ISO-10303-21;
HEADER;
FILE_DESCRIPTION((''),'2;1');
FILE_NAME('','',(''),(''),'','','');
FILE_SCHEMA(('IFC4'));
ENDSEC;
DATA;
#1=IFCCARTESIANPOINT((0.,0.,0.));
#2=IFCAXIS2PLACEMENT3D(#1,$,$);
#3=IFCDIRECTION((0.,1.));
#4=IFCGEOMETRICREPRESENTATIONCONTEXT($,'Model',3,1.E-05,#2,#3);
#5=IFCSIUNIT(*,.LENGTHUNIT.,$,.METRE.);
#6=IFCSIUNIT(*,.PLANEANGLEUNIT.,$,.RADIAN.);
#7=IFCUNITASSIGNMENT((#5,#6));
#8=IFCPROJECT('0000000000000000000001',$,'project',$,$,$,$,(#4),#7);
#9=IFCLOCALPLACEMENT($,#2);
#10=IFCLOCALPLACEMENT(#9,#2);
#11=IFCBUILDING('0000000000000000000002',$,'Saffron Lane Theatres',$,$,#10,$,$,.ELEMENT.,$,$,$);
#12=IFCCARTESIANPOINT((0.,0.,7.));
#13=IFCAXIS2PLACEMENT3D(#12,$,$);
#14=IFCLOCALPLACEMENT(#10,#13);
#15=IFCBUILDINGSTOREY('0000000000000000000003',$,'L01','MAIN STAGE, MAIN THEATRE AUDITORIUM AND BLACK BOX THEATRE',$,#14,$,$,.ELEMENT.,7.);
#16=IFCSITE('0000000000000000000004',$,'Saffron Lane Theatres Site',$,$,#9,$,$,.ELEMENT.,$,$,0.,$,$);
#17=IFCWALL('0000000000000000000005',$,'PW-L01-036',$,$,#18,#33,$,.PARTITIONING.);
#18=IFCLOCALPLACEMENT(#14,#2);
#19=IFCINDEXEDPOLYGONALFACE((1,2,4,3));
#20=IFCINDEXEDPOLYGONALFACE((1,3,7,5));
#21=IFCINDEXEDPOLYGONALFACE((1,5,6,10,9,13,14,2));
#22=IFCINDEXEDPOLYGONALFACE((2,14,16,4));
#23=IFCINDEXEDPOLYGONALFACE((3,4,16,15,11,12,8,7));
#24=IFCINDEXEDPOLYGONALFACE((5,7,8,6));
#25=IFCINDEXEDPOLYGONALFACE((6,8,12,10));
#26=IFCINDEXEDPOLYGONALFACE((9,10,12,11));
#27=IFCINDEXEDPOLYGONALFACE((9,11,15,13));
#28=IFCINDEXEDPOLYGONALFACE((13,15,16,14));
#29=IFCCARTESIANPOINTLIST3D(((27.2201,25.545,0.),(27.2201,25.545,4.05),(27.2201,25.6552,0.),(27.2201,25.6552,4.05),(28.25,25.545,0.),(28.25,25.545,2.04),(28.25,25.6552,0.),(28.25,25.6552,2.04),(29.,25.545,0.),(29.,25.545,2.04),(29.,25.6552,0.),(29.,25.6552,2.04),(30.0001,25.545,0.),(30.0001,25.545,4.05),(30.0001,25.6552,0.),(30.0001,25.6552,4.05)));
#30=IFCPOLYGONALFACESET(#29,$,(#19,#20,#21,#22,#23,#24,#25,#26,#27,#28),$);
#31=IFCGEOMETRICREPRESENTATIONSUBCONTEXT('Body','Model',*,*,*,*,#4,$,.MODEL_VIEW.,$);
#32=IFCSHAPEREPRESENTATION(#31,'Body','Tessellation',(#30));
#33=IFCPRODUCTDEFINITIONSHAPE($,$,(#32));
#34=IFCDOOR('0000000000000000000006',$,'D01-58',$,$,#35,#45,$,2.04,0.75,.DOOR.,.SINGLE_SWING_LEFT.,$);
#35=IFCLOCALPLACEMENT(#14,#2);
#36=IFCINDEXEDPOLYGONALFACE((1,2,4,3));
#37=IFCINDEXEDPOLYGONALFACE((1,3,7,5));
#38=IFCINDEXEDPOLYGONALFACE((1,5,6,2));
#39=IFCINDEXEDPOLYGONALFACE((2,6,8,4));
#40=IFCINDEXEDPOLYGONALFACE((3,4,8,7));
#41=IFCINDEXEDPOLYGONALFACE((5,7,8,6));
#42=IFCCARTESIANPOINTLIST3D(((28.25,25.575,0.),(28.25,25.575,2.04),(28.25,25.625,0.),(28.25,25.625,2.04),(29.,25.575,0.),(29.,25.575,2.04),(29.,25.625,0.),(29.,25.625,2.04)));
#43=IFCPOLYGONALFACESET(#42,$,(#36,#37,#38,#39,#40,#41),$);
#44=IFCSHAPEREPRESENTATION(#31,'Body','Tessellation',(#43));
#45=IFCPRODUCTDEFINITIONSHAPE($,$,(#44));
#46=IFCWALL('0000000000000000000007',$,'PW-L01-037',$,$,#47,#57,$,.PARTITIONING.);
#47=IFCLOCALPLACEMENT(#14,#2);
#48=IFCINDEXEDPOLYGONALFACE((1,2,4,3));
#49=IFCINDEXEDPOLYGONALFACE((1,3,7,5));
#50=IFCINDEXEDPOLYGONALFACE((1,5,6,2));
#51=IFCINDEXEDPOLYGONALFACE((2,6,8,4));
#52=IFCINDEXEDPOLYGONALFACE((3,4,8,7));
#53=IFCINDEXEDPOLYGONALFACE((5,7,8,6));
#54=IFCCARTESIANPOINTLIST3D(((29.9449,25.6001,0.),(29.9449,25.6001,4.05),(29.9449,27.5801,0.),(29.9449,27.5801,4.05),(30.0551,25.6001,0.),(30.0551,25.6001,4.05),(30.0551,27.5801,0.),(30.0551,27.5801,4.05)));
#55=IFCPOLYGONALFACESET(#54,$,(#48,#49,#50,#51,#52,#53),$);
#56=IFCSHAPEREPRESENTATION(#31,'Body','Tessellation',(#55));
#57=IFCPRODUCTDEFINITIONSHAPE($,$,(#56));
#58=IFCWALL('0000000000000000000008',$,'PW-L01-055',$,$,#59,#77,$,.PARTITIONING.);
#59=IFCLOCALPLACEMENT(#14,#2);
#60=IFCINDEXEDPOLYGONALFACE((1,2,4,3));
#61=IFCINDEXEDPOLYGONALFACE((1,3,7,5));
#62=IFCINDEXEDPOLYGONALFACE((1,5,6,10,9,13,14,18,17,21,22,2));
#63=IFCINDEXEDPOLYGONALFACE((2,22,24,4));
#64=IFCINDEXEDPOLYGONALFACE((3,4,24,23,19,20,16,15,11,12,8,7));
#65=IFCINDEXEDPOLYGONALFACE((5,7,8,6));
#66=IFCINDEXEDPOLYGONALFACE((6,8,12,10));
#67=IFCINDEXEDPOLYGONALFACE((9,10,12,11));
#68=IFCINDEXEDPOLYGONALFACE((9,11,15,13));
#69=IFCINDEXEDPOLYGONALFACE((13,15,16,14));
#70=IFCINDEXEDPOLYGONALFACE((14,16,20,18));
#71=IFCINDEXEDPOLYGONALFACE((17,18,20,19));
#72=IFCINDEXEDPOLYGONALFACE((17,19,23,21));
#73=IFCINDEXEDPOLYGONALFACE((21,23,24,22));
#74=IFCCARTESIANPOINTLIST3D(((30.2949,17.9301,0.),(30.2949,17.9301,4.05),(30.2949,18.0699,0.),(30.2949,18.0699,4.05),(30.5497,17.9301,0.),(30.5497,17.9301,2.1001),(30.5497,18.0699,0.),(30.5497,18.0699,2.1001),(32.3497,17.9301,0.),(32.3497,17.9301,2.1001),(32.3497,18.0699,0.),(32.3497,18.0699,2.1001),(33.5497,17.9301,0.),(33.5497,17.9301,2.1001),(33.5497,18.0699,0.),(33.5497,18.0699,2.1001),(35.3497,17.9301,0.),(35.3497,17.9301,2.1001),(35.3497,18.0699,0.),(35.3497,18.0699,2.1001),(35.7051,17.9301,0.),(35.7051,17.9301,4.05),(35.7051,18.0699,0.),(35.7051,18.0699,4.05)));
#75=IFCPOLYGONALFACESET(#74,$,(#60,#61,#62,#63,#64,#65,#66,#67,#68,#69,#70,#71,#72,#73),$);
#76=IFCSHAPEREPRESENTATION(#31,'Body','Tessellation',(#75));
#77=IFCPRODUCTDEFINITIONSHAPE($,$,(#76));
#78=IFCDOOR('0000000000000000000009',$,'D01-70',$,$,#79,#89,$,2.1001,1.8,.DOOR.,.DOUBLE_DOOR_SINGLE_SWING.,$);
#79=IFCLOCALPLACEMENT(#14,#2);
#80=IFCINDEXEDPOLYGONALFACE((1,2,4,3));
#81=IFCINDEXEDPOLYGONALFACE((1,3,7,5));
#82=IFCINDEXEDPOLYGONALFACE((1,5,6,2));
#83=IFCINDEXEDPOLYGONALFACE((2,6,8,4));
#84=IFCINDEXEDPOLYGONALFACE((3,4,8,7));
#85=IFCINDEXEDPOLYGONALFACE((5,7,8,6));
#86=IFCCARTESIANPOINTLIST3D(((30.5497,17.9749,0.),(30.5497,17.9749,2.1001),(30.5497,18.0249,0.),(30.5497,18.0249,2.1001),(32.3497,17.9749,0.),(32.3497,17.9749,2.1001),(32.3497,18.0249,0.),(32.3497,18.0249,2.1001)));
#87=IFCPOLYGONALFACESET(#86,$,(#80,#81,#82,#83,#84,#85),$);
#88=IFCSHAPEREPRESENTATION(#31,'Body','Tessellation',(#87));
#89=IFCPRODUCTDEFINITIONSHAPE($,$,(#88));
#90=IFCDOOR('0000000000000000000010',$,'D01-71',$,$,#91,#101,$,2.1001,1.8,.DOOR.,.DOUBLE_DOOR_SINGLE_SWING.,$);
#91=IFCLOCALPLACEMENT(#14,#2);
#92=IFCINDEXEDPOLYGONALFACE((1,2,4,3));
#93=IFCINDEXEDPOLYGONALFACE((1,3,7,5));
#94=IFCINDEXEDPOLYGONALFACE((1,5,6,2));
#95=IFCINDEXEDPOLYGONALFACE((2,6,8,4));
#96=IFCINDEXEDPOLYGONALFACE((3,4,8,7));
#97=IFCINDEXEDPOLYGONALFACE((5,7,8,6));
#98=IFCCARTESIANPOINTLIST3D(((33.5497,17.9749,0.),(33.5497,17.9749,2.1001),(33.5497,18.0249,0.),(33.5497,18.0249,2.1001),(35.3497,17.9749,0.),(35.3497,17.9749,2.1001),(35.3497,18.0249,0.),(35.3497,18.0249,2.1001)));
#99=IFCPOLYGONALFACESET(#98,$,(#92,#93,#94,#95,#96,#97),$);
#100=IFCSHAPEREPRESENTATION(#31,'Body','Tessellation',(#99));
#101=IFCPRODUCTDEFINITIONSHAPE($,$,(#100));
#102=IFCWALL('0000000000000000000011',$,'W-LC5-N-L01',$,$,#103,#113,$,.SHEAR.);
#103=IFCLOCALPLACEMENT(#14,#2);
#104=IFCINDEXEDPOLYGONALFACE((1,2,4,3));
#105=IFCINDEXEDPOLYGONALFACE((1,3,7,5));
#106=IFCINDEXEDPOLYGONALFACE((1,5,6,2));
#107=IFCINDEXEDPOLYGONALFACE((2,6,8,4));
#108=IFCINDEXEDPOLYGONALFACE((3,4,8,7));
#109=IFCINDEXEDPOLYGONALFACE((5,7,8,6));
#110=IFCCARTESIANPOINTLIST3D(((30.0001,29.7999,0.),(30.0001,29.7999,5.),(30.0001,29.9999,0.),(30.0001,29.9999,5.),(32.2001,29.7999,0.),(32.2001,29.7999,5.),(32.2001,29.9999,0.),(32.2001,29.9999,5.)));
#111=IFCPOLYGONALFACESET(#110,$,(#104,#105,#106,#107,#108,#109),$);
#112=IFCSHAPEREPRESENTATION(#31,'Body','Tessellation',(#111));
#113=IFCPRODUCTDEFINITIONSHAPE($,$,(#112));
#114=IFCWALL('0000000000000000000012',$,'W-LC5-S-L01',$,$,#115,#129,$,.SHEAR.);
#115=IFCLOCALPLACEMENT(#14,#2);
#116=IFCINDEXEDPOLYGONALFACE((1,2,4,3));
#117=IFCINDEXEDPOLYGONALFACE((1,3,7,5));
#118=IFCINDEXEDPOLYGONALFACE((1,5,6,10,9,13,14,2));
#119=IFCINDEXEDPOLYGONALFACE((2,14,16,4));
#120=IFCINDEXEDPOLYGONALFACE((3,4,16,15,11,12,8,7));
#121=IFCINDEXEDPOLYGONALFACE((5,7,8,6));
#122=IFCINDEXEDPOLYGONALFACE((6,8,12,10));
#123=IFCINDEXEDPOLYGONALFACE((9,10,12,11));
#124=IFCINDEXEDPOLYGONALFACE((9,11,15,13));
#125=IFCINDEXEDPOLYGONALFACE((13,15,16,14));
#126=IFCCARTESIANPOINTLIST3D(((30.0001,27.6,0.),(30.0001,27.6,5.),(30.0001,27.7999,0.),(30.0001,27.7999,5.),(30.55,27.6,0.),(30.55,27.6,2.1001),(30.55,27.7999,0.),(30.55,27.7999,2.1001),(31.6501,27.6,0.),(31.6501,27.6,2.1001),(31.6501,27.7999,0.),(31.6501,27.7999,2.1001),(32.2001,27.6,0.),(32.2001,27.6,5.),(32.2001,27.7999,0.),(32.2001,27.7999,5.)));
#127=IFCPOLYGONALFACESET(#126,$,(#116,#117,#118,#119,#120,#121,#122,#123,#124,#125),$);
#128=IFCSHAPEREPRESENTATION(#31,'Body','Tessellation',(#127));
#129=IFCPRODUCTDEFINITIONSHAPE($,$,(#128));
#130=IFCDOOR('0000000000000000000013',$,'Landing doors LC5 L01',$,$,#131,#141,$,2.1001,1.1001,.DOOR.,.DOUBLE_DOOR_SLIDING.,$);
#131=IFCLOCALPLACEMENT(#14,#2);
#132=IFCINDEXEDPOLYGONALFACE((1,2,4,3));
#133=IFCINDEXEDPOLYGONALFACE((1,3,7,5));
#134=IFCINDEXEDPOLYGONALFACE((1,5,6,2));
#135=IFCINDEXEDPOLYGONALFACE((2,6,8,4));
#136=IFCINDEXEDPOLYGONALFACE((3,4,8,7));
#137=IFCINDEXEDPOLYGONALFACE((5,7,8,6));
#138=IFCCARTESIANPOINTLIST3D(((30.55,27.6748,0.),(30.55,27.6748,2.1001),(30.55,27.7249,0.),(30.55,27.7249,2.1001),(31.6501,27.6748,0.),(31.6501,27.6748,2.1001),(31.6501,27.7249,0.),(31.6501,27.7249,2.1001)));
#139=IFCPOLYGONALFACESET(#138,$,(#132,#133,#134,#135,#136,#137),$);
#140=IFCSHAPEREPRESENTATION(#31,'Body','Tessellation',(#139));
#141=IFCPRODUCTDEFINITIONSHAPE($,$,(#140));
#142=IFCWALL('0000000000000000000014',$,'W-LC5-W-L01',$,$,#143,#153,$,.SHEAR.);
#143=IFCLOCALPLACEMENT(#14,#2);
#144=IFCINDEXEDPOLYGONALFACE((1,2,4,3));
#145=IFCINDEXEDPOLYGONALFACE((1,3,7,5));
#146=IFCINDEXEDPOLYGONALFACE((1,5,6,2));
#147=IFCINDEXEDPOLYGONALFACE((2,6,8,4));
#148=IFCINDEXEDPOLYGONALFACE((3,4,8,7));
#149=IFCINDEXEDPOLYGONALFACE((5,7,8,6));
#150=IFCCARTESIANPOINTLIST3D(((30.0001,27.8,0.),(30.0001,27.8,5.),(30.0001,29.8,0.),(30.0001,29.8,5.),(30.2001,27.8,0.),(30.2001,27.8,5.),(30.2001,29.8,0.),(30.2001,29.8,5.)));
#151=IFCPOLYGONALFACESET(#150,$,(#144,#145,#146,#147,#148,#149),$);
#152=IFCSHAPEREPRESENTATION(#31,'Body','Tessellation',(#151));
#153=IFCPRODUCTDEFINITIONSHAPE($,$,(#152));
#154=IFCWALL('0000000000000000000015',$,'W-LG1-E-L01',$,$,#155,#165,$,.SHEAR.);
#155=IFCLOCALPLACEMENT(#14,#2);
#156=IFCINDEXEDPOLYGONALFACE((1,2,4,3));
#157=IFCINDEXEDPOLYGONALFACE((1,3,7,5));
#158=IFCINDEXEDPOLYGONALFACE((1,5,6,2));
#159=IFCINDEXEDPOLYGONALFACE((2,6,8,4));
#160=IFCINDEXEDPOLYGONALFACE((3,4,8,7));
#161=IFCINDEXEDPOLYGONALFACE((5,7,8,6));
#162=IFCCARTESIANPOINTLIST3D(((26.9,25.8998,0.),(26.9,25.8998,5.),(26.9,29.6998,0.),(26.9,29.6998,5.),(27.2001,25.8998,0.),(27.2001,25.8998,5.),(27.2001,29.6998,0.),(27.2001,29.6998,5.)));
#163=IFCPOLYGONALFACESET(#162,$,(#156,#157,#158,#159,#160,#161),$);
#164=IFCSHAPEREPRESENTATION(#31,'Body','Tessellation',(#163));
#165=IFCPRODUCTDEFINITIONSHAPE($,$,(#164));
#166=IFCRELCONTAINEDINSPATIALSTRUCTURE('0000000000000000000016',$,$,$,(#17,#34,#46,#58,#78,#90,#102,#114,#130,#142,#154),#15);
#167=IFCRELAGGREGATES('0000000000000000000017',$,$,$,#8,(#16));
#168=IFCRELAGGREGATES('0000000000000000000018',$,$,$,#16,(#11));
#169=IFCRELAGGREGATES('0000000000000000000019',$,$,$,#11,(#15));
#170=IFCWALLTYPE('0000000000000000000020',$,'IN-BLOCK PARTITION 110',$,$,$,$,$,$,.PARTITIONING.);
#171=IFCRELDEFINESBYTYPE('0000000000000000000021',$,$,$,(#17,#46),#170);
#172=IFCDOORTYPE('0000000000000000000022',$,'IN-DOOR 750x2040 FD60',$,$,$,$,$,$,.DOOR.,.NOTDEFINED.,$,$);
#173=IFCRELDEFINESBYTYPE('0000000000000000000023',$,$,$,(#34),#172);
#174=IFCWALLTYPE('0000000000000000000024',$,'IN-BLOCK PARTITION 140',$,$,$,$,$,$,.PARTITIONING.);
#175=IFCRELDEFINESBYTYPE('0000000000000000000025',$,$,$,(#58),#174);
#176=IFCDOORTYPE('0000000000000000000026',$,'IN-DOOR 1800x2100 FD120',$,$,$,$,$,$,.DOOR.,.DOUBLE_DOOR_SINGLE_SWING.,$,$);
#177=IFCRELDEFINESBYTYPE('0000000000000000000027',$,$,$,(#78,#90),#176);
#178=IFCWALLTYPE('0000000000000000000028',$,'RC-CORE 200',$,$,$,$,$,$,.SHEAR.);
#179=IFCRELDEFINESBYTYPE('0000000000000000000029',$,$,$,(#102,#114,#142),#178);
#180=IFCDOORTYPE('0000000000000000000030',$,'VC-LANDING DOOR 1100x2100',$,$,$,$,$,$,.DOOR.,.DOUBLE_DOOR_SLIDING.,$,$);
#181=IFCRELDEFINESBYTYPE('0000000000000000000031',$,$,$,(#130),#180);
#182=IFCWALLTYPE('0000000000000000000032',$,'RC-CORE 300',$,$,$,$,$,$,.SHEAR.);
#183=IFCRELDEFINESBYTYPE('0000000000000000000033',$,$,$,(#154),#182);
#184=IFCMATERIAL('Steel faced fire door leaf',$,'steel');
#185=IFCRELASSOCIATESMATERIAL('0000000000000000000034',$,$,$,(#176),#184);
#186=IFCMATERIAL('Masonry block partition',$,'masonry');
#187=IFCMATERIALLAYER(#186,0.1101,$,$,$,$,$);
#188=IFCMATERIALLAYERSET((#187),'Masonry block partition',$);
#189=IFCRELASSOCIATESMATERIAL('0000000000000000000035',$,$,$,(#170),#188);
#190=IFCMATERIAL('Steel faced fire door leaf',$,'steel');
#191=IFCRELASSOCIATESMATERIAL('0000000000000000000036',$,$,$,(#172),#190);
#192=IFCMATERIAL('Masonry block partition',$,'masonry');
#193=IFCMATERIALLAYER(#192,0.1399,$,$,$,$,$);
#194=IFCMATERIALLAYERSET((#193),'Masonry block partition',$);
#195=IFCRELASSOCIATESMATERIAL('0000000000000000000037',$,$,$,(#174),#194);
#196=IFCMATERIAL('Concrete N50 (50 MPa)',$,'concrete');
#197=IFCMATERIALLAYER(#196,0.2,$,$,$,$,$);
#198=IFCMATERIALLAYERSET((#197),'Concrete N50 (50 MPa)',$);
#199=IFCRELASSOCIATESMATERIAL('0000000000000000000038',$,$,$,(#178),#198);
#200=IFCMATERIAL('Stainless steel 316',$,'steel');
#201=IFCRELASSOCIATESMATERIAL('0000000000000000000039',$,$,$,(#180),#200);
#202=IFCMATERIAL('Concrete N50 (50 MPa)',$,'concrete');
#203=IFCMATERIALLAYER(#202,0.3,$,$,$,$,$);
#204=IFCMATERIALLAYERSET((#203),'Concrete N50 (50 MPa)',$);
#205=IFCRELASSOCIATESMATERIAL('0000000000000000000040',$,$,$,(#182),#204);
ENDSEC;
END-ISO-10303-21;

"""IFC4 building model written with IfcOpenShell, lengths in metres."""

from ifc_helpers import new_model, si_unit, direction, frame, frame_2d, origin, place, context, subcontext, project, spatial, rectangle, extrude, material, layer, layer_set, type_object, element, fill, save


model = new_model("IFC4")

# Units and contexts
model_context = context("Model", 3, precision=1e-05, world=origin(), true_north=direction((0.0, 1.0)))
body_context = subcontext(model_context, "Body", "Model", "MODEL_VIEW")
ifc_project = project(units=[si_unit("LENGTHUNIT", "METRE"), si_unit("PLANEANGLEUNIT", "RADIAN")], contexts=[model_context])

# Site, building, storey
site_placement = place(None, origin())
site = spatial("IfcSite", under=ifc_project, at=site_placement, Name="Saffron Lane Theatres Site", CompositionType="ELEMENT", RefElevation=0.0)
building_placement = place(site_placement, origin())
building = spatial("IfcBuilding", under=site, at=building_placement, Name="Saffron Lane Theatres", CompositionType="ELEMENT")
storey_placement = place(building_placement, frame((0.0, 0.0, 7.0)))
storey = spatial("IfcBuildingStorey", under=building, at=storey_placement, Name="L01", Description="MAIN STAGE, MAIN THEATRE AUDITORIUM AND BLACK BOX THEATRE", CompositionType="ELEMENT", Elevation=7.0)

# Wall, opening, door
ifc_material_1 = material(Name="Steel faced fire door leaf", Category="steel")
door_type_1 = type_object("IfcDoorType", Name="IN-DOOR 1800x2100 FD120", OperationType="DOUBLE_DOOR_SINGLE_SWING", PredefinedType="DOOR", material=ifc_material_1)
ifc_material_2 = material(Name="Masonry block partition", Category="masonry")
ifc_layer_1 = layer(ifc_material_2, 0.1101)
ifc_layer_set_1 = layer_set([ifc_layer_1], Name="Masonry block partition")
wall_type_1 = type_object("IfcWallType", Name="IN-BLOCK PARTITION 110", PredefinedType="PARTITIONING", material=ifc_layer_set_1)
wall_1_placement = place(storey_placement, frame((27.22, 25.6001, 0.0), z_axis=(0.0, 0.0, 1.0), x_axis=(1.0, 0.0, 0.0)))
wall_1 = element("IfcWall", 1, at=wall_1_placement, inside=storey, type_object=wall_type_1, Name="PW-L01-036", PredefinedType="PARTITIONING", context=body_context, shape_type="SweptSolid", body=[
    extrude(rectangle(XDim=2.78, YDim=0.1101, at=frame_2d((1.3901, 0.0))), origin(), (0.0, 0.0, 1.0), 4.05),
])
opening_1_placement = place(wall_1_placement, frame((1.03, 0.0, 0.0)))
opening_1 = element("IfcOpeningElement", 2, at=opening_1_placement, cuts=wall_1, PredefinedType="OPENING", context=body_context, shape_type="SweptSolid", body=[
    extrude(rectangle(XDim=0.75, YDim=2.04, at=frame_2d((0.375, 1.02))), frame((0.0, 0.0649, 0.0), z_axis=(0.0, -1.0, 0.0), x_axis=(1.0, 0.0, 0.0)), (0.0, 0.0, 1.0), 0.1301),
])
ifc_material_3 = material(Name="Steel faced fire door leaf", Category="steel")
door_type_2 = type_object("IfcDoorType", Name="IN-DOOR 750x2040 FD60", OperationType="NOTDEFINED", PredefinedType="DOOR", material=ifc_material_3)
door_1_placement = place(opening_1_placement, origin())
door_1 = element("IfcDoor", 3, at=door_1_placement, inside=storey, type_object=door_type_2, Name="D01-58", OperationType="SINGLE_SWING_LEFT", OverallHeight=2.04, OverallWidth=0.75, PredefinedType="DOOR", context=body_context, shape_type="SweptSolid", body=[
    extrude(rectangle(XDim=0.75, YDim=2.04, at=frame_2d((0.375, 1.02))), frame((0.0, 0.0249, 0.0), z_axis=(0.0, -1.0, 0.0), x_axis=(1.0, 0.0, 0.0)), (0.0, 0.0, 1.0), 0.05),
])
fill(opening_1, door_1)

# Wall
wall_2_placement = place(storey_placement, frame((30.0, 25.6001, 0.0), z_axis=(0.0, 0.0, 1.0), x_axis=(0.0, 1.0, 0.0)))
element("IfcWall", 4, at=wall_2_placement, inside=storey, type_object=wall_type_1, Name="PW-L01-037", PredefinedType="PARTITIONING", context=body_context, shape_type="SweptSolid", body=[
    extrude(rectangle(XDim=1.98, YDim=0.1101, at=frame_2d((0.99, 0.0))), origin(), (0.0, 0.0, 1.0), 4.05),
])

# Wall, openings, doors
ifc_material_4 = material(Name="Masonry block partition", Category="masonry")
ifc_layer_2 = layer(ifc_material_4, 0.1399)
ifc_layer_set_2 = layer_set([ifc_layer_2], Name="Masonry block partition")
wall_type_2 = type_object("IfcWallType", Name="IN-BLOCK PARTITION 140", PredefinedType="PARTITIONING", material=ifc_layer_set_2)
wall_3_placement = place(storey_placement, frame((30.2949, 18.0, 0.0), z_axis=(0.0, 0.0, 1.0), x_axis=(1.0, 0.0, 0.0)))
wall_3 = element("IfcWall", 5, at=wall_3_placement, inside=storey, type_object=wall_type_2, Name="PW-L01-055", PredefinedType="PARTITIONING", context=body_context, shape_type="SweptSolid", body=[
    extrude(rectangle(XDim=5.4102, YDim=0.1399, at=frame_2d((2.7051, 0.0))), origin(), (0.0, 0.0, 1.0), 4.05),
])
opening_2_placement = place(wall_3_placement, frame((0.2549, 0.0, 0.0)))
opening_2 = element("IfcOpeningElement", 6, at=opening_2_placement, cuts=wall_3, PredefinedType="OPENING", context=body_context, shape_type="SweptSolid", body=[
    extrude(rectangle(XDim=1.8, YDim=2.1001, at=frame_2d((0.8999, 1.05))), frame((0.0, 0.0801, 0.0), z_axis=(0.0, -1.0, 0.0), x_axis=(1.0, 0.0, 0.0)), (0.0, 0.0, 1.0), 0.1599),
])
opening_3_placement = place(wall_3_placement, frame((3.2549, 0.0, 0.0)))
opening_3 = element("IfcOpeningElement", 7, at=opening_3_placement, cuts=wall_3, PredefinedType="OPENING", context=body_context, shape_type="SweptSolid", body=[
    extrude(rectangle(XDim=1.8, YDim=2.1001, at=frame_2d((0.8999, 1.05))), frame((0.0, 0.0801, 0.0), z_axis=(0.0, -1.0, 0.0), x_axis=(1.0, 0.0, 0.0)), (0.0, 0.0, 1.0), 0.1599),
])
door_2_placement = place(opening_2_placement, origin())
door_2 = element("IfcDoor", 8, at=door_2_placement, inside=storey, type_object=door_type_1, Name="D01-70", OperationType="DOUBLE_DOOR_SINGLE_SWING", OverallHeight=2.1001, OverallWidth=1.8, PredefinedType="DOOR", context=body_context, shape_type="SweptSolid", body=[
    extrude(rectangle(XDim=1.8, YDim=2.1001, at=frame_2d((0.8999, 1.05))), frame((0.0, 0.0249, 0.0), z_axis=(0.0, -1.0, 0.0), x_axis=(1.0, 0.0, 0.0)), (0.0, 0.0, 1.0), 0.05),
])
fill(opening_2, door_2)
door_3_placement = place(opening_3_placement, origin())
door_3 = element("IfcDoor", 9, at=door_3_placement, inside=storey, type_object=door_type_1, Name="D01-71", OperationType="DOUBLE_DOOR_SINGLE_SWING", OverallHeight=2.1001, OverallWidth=1.8, PredefinedType="DOOR", context=body_context, shape_type="SweptSolid", body=[
    extrude(rectangle(XDim=1.8, YDim=2.1001, at=frame_2d((0.8999, 1.05))), frame((0.0, 0.0249, 0.0), z_axis=(0.0, -1.0, 0.0), x_axis=(1.0, 0.0, 0.0)), (0.0, 0.0, 1.0), 0.05),
])
fill(opening_3, door_3)

# Wall
ifc_material_5 = material(Name="Concrete N50 (50 MPa)", Category="concrete")
ifc_layer_3 = layer(ifc_material_5, 0.2)
ifc_layer_set_3 = layer_set([ifc_layer_3], Name="Concrete N50 (50 MPa)")
wall_type_3 = type_object("IfcWallType", Name="RC-CORE 200", PredefinedType="SHEAR", material=ifc_layer_set_3)
wall_4_placement = place(storey_placement, frame((30.0, 29.8999, 0.0), z_axis=(0.0, 0.0, 1.0), x_axis=(1.0, 0.0, 0.0)))
element("IfcWall", 10, at=wall_4_placement, inside=storey, type_object=wall_type_3, Name="W-LC5-N-L01", PredefinedType="SHEAR", context=body_context, shape_type="SweptSolid", body=[
    extrude(rectangle(XDim=2.2, YDim=0.2, at=frame_2d((1.1001, 0.0))), origin(), (0.0, 0.0, 1.0), 5.0),
])

# Wall, opening, door
wall_5_placement = place(storey_placement, frame((30.0, 27.7, 0.0), z_axis=(0.0, 0.0, 1.0), x_axis=(1.0, 0.0, 0.0)))
wall_5 = element("IfcWall", 11, at=wall_5_placement, inside=storey, type_object=wall_type_3, Name="W-LC5-S-L01", PredefinedType="SHEAR", context=body_context, shape_type="SweptSolid", body=[
    extrude(rectangle(XDim=2.2, YDim=0.2, at=frame_2d((1.1001, 0.0))), origin(), (0.0, 0.0, 1.0), 5.0),
])
opening_4_placement = place(wall_5_placement, frame((0.55, 0.0, 0.0)))
opening_4 = element("IfcOpeningElement", 12, at=opening_4_placement, cuts=wall_5, PredefinedType="OPENING", context=body_context, shape_type="SweptSolid", body=[
    extrude(rectangle(XDim=1.1001, YDim=2.1001, at=frame_2d((0.55, 1.05))), frame((0.0, 0.1099, 0.0), z_axis=(0.0, -1.0, 0.0), x_axis=(1.0, 0.0, 0.0)), (0.0, 0.0, 1.0), 0.22),
])
ifc_material_6 = material(Name="Stainless steel 316", Category="steel")
door_type_3 = type_object("IfcDoorType", Name="VC-LANDING DOOR 1100x2100", OperationType="DOUBLE_DOOR_SLIDING", PredefinedType="DOOR", material=ifc_material_6)
door_4_placement = place(opening_4_placement, origin())
door_4 = element("IfcDoor", 13, at=door_4_placement, inside=storey, type_object=door_type_3, Name="Landing doors LC5 L01", OperationType="DOUBLE_DOOR_SLIDING", OverallHeight=2.1001, OverallWidth=1.1001, PredefinedType="DOOR", context=body_context, shape_type="SweptSolid", body=[
    extrude(rectangle(XDim=1.1001, YDim=2.1001, at=frame_2d((0.55, 1.05))), frame((0.0, 0.0249, 0.0), z_axis=(0.0, -1.0, 0.0), x_axis=(1.0, 0.0, 0.0)), (0.0, 0.0, 1.0), 0.05),
])
fill(opening_4, door_4)

# Walls
wall_6_placement = place(storey_placement, frame((30.1001, 27.8, 0.0), z_axis=(0.0, 0.0, 1.0), x_axis=(0.0, 1.0, 0.0)))
element("IfcWall", 14, at=wall_6_placement, inside=storey, type_object=wall_type_3, Name="W-LC5-W-L01", PredefinedType="SHEAR", context=body_context, shape_type="SweptSolid", body=[
    extrude(rectangle(XDim=2.0, YDim=0.2, at=frame_2d((1.0, 0.0))), origin(), (0.0, 0.0, 1.0), 5.0),
])
ifc_material_7 = material(Name="Concrete N50 (50 MPa)", Category="concrete")
ifc_layer_4 = layer(ifc_material_7, 0.3)
ifc_layer_set_4 = layer_set([ifc_layer_4], Name="Concrete N50 (50 MPa)")
wall_type_4 = type_object("IfcWallType", Name="RC-CORE 300", PredefinedType="SHEAR", material=ifc_layer_set_4)
wall_7_placement = place(storey_placement, frame((27.05, 25.8999, 0.0), z_axis=(0.0, 0.0, 1.0), x_axis=(0.0, 1.0, 0.0)))
element("IfcWall", 15, at=wall_7_placement, inside=storey, type_object=wall_type_4, Name="W-LG1-E-L01", PredefinedType="SHEAR", context=body_context, shape_type="SweptSolid", body=[
    extrude(rectangle(XDim=3.8, YDim=0.3, at=frame_2d((1.8999, 0.0))), origin(), (0.0, 0.0, 1.0), 5.0),
])

save(model, "model.ifc")
